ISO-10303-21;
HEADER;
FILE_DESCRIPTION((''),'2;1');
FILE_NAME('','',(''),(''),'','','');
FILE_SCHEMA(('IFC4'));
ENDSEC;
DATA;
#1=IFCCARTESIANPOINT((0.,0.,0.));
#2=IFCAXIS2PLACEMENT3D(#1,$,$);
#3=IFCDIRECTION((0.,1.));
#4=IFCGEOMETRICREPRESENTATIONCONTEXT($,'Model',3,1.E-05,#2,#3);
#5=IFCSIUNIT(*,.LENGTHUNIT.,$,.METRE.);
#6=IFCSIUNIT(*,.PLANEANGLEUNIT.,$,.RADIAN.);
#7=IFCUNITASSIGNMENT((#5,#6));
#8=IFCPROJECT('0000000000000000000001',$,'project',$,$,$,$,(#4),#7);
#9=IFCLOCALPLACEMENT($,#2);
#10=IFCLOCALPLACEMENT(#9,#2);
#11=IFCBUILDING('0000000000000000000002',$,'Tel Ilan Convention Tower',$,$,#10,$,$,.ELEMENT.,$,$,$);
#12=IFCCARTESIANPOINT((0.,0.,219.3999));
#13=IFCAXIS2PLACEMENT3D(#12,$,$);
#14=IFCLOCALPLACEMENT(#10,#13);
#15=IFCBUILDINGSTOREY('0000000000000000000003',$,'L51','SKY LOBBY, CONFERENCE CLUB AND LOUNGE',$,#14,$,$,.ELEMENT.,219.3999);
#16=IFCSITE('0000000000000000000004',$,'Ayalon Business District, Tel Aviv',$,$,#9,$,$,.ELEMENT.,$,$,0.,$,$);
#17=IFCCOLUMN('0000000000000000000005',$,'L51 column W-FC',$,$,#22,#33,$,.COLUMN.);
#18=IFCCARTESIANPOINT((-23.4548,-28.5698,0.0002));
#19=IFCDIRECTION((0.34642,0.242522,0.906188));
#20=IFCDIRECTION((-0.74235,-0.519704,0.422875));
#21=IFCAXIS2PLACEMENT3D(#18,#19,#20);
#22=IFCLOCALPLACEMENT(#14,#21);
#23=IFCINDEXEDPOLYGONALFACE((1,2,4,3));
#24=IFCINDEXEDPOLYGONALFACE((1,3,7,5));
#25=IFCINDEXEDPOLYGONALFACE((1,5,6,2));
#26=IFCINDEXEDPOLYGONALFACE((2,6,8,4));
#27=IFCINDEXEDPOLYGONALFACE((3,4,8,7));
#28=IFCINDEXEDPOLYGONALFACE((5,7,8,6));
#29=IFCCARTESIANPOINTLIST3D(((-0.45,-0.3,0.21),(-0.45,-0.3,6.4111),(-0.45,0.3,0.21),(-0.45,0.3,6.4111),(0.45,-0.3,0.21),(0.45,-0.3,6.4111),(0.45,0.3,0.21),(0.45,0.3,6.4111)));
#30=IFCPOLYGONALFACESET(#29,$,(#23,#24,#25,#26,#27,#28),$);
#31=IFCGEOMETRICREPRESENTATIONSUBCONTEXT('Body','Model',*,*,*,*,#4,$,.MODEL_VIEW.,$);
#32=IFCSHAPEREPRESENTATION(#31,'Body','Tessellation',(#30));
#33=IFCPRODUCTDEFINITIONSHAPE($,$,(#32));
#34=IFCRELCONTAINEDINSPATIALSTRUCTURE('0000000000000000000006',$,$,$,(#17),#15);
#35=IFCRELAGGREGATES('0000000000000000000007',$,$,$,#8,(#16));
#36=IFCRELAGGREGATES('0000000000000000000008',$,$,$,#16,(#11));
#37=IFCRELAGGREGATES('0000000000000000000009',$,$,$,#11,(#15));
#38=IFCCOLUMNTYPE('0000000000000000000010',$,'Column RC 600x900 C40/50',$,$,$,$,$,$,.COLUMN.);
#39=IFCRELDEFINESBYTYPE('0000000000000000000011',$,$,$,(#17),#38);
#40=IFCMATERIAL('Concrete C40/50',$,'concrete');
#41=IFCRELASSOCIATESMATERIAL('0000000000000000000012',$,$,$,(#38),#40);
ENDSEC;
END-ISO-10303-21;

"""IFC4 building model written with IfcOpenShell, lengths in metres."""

from ifc_helpers import new_model, si_unit, direction, frame, origin, origin_2d, place, context, subcontext, project, spatial, rectangle, extrude, clip, halfspace, material, material_profile, profile_set, type_object, element, save


model = new_model("IFC4")

# Units and contexts
model_context = context("Model", 3, precision=1e-05, world=origin(), true_north=direction((0.0, 1.0)))
body_context = subcontext(model_context, "Body", "Model", "MODEL_VIEW")
ifc_project = project(units=[si_unit("LENGTHUNIT", "METRE"), si_unit("PLANEANGLEUNIT", "RADIAN")], contexts=[model_context])

# Site, building, storey
site_placement = place(None, origin())
site = spatial("IfcSite", under=ifc_project, at=site_placement, Name="Ayalon Business District, Tel Aviv", CompositionType="ELEMENT", RefElevation=0.0)
building_placement = place(site_placement, origin())
building = spatial("IfcBuilding", under=site, at=building_placement, Name="Tel Ilan Convention Tower", CompositionType="ELEMENT")
storey_placement = place(building_placement, frame((0.0, 0.0, 219.3999)))
storey = spatial("IfcBuildingStorey", under=building, at=storey_placement, Name="L51", Description="SKY LOBBY, CONFERENCE CLUB AND LOUNGE", CompositionType="ELEMENT", Elevation=219.3999)

# Column
ifc_material_1 = material(Name="Concrete C40/50", Category="concrete")
ifc_material_profile_1 = material_profile(ifc_material_1, rectangle(XDim=0.8999, YDim=0.6001, at=origin_2d()), Name="RC 600x900")
ifc_profile_set_1 = profile_set([ifc_material_profile_1], Name="Concrete C40/50")
column_type = type_object("IfcColumnType", Name="Column RC 600x900 C40/50", PredefinedType="COLUMN", material=ifc_profile_set_1)
column_1_placement = place(storey_placement, frame((-23.4548, -28.5698, 0.0002), z_axis=(0.34642, 0.242522, 0.906188), x_axis=(-0.74235, -0.519704, 0.422875)))
element("IfcColumn", 1, at=column_1_placement, inside=storey, type_object=column_type, Name="L51 column W-FC", PredefinedType="COLUMN", context=body_context, shape_type="Clipping", body=[
    clip(clip(extrude(rectangle(XDim=0.8999, YDim=0.6001, at=origin_2d()), origin(), (0.0, 0.0, 1.0), 6.6211), halfspace(frame((0.0, 0.0, 0.21), z_axis=(0.0, 0.0, 1.0), x_axis=(1.0, 0.0, 0.0)), True)), halfspace(frame((0.0, 0.0, 6.4111), z_axis=(0.0, 0.0, 1.0), x_axis=(1.0, 0.0, 0.0)), False)),
])

save(model, "model.ifc")
